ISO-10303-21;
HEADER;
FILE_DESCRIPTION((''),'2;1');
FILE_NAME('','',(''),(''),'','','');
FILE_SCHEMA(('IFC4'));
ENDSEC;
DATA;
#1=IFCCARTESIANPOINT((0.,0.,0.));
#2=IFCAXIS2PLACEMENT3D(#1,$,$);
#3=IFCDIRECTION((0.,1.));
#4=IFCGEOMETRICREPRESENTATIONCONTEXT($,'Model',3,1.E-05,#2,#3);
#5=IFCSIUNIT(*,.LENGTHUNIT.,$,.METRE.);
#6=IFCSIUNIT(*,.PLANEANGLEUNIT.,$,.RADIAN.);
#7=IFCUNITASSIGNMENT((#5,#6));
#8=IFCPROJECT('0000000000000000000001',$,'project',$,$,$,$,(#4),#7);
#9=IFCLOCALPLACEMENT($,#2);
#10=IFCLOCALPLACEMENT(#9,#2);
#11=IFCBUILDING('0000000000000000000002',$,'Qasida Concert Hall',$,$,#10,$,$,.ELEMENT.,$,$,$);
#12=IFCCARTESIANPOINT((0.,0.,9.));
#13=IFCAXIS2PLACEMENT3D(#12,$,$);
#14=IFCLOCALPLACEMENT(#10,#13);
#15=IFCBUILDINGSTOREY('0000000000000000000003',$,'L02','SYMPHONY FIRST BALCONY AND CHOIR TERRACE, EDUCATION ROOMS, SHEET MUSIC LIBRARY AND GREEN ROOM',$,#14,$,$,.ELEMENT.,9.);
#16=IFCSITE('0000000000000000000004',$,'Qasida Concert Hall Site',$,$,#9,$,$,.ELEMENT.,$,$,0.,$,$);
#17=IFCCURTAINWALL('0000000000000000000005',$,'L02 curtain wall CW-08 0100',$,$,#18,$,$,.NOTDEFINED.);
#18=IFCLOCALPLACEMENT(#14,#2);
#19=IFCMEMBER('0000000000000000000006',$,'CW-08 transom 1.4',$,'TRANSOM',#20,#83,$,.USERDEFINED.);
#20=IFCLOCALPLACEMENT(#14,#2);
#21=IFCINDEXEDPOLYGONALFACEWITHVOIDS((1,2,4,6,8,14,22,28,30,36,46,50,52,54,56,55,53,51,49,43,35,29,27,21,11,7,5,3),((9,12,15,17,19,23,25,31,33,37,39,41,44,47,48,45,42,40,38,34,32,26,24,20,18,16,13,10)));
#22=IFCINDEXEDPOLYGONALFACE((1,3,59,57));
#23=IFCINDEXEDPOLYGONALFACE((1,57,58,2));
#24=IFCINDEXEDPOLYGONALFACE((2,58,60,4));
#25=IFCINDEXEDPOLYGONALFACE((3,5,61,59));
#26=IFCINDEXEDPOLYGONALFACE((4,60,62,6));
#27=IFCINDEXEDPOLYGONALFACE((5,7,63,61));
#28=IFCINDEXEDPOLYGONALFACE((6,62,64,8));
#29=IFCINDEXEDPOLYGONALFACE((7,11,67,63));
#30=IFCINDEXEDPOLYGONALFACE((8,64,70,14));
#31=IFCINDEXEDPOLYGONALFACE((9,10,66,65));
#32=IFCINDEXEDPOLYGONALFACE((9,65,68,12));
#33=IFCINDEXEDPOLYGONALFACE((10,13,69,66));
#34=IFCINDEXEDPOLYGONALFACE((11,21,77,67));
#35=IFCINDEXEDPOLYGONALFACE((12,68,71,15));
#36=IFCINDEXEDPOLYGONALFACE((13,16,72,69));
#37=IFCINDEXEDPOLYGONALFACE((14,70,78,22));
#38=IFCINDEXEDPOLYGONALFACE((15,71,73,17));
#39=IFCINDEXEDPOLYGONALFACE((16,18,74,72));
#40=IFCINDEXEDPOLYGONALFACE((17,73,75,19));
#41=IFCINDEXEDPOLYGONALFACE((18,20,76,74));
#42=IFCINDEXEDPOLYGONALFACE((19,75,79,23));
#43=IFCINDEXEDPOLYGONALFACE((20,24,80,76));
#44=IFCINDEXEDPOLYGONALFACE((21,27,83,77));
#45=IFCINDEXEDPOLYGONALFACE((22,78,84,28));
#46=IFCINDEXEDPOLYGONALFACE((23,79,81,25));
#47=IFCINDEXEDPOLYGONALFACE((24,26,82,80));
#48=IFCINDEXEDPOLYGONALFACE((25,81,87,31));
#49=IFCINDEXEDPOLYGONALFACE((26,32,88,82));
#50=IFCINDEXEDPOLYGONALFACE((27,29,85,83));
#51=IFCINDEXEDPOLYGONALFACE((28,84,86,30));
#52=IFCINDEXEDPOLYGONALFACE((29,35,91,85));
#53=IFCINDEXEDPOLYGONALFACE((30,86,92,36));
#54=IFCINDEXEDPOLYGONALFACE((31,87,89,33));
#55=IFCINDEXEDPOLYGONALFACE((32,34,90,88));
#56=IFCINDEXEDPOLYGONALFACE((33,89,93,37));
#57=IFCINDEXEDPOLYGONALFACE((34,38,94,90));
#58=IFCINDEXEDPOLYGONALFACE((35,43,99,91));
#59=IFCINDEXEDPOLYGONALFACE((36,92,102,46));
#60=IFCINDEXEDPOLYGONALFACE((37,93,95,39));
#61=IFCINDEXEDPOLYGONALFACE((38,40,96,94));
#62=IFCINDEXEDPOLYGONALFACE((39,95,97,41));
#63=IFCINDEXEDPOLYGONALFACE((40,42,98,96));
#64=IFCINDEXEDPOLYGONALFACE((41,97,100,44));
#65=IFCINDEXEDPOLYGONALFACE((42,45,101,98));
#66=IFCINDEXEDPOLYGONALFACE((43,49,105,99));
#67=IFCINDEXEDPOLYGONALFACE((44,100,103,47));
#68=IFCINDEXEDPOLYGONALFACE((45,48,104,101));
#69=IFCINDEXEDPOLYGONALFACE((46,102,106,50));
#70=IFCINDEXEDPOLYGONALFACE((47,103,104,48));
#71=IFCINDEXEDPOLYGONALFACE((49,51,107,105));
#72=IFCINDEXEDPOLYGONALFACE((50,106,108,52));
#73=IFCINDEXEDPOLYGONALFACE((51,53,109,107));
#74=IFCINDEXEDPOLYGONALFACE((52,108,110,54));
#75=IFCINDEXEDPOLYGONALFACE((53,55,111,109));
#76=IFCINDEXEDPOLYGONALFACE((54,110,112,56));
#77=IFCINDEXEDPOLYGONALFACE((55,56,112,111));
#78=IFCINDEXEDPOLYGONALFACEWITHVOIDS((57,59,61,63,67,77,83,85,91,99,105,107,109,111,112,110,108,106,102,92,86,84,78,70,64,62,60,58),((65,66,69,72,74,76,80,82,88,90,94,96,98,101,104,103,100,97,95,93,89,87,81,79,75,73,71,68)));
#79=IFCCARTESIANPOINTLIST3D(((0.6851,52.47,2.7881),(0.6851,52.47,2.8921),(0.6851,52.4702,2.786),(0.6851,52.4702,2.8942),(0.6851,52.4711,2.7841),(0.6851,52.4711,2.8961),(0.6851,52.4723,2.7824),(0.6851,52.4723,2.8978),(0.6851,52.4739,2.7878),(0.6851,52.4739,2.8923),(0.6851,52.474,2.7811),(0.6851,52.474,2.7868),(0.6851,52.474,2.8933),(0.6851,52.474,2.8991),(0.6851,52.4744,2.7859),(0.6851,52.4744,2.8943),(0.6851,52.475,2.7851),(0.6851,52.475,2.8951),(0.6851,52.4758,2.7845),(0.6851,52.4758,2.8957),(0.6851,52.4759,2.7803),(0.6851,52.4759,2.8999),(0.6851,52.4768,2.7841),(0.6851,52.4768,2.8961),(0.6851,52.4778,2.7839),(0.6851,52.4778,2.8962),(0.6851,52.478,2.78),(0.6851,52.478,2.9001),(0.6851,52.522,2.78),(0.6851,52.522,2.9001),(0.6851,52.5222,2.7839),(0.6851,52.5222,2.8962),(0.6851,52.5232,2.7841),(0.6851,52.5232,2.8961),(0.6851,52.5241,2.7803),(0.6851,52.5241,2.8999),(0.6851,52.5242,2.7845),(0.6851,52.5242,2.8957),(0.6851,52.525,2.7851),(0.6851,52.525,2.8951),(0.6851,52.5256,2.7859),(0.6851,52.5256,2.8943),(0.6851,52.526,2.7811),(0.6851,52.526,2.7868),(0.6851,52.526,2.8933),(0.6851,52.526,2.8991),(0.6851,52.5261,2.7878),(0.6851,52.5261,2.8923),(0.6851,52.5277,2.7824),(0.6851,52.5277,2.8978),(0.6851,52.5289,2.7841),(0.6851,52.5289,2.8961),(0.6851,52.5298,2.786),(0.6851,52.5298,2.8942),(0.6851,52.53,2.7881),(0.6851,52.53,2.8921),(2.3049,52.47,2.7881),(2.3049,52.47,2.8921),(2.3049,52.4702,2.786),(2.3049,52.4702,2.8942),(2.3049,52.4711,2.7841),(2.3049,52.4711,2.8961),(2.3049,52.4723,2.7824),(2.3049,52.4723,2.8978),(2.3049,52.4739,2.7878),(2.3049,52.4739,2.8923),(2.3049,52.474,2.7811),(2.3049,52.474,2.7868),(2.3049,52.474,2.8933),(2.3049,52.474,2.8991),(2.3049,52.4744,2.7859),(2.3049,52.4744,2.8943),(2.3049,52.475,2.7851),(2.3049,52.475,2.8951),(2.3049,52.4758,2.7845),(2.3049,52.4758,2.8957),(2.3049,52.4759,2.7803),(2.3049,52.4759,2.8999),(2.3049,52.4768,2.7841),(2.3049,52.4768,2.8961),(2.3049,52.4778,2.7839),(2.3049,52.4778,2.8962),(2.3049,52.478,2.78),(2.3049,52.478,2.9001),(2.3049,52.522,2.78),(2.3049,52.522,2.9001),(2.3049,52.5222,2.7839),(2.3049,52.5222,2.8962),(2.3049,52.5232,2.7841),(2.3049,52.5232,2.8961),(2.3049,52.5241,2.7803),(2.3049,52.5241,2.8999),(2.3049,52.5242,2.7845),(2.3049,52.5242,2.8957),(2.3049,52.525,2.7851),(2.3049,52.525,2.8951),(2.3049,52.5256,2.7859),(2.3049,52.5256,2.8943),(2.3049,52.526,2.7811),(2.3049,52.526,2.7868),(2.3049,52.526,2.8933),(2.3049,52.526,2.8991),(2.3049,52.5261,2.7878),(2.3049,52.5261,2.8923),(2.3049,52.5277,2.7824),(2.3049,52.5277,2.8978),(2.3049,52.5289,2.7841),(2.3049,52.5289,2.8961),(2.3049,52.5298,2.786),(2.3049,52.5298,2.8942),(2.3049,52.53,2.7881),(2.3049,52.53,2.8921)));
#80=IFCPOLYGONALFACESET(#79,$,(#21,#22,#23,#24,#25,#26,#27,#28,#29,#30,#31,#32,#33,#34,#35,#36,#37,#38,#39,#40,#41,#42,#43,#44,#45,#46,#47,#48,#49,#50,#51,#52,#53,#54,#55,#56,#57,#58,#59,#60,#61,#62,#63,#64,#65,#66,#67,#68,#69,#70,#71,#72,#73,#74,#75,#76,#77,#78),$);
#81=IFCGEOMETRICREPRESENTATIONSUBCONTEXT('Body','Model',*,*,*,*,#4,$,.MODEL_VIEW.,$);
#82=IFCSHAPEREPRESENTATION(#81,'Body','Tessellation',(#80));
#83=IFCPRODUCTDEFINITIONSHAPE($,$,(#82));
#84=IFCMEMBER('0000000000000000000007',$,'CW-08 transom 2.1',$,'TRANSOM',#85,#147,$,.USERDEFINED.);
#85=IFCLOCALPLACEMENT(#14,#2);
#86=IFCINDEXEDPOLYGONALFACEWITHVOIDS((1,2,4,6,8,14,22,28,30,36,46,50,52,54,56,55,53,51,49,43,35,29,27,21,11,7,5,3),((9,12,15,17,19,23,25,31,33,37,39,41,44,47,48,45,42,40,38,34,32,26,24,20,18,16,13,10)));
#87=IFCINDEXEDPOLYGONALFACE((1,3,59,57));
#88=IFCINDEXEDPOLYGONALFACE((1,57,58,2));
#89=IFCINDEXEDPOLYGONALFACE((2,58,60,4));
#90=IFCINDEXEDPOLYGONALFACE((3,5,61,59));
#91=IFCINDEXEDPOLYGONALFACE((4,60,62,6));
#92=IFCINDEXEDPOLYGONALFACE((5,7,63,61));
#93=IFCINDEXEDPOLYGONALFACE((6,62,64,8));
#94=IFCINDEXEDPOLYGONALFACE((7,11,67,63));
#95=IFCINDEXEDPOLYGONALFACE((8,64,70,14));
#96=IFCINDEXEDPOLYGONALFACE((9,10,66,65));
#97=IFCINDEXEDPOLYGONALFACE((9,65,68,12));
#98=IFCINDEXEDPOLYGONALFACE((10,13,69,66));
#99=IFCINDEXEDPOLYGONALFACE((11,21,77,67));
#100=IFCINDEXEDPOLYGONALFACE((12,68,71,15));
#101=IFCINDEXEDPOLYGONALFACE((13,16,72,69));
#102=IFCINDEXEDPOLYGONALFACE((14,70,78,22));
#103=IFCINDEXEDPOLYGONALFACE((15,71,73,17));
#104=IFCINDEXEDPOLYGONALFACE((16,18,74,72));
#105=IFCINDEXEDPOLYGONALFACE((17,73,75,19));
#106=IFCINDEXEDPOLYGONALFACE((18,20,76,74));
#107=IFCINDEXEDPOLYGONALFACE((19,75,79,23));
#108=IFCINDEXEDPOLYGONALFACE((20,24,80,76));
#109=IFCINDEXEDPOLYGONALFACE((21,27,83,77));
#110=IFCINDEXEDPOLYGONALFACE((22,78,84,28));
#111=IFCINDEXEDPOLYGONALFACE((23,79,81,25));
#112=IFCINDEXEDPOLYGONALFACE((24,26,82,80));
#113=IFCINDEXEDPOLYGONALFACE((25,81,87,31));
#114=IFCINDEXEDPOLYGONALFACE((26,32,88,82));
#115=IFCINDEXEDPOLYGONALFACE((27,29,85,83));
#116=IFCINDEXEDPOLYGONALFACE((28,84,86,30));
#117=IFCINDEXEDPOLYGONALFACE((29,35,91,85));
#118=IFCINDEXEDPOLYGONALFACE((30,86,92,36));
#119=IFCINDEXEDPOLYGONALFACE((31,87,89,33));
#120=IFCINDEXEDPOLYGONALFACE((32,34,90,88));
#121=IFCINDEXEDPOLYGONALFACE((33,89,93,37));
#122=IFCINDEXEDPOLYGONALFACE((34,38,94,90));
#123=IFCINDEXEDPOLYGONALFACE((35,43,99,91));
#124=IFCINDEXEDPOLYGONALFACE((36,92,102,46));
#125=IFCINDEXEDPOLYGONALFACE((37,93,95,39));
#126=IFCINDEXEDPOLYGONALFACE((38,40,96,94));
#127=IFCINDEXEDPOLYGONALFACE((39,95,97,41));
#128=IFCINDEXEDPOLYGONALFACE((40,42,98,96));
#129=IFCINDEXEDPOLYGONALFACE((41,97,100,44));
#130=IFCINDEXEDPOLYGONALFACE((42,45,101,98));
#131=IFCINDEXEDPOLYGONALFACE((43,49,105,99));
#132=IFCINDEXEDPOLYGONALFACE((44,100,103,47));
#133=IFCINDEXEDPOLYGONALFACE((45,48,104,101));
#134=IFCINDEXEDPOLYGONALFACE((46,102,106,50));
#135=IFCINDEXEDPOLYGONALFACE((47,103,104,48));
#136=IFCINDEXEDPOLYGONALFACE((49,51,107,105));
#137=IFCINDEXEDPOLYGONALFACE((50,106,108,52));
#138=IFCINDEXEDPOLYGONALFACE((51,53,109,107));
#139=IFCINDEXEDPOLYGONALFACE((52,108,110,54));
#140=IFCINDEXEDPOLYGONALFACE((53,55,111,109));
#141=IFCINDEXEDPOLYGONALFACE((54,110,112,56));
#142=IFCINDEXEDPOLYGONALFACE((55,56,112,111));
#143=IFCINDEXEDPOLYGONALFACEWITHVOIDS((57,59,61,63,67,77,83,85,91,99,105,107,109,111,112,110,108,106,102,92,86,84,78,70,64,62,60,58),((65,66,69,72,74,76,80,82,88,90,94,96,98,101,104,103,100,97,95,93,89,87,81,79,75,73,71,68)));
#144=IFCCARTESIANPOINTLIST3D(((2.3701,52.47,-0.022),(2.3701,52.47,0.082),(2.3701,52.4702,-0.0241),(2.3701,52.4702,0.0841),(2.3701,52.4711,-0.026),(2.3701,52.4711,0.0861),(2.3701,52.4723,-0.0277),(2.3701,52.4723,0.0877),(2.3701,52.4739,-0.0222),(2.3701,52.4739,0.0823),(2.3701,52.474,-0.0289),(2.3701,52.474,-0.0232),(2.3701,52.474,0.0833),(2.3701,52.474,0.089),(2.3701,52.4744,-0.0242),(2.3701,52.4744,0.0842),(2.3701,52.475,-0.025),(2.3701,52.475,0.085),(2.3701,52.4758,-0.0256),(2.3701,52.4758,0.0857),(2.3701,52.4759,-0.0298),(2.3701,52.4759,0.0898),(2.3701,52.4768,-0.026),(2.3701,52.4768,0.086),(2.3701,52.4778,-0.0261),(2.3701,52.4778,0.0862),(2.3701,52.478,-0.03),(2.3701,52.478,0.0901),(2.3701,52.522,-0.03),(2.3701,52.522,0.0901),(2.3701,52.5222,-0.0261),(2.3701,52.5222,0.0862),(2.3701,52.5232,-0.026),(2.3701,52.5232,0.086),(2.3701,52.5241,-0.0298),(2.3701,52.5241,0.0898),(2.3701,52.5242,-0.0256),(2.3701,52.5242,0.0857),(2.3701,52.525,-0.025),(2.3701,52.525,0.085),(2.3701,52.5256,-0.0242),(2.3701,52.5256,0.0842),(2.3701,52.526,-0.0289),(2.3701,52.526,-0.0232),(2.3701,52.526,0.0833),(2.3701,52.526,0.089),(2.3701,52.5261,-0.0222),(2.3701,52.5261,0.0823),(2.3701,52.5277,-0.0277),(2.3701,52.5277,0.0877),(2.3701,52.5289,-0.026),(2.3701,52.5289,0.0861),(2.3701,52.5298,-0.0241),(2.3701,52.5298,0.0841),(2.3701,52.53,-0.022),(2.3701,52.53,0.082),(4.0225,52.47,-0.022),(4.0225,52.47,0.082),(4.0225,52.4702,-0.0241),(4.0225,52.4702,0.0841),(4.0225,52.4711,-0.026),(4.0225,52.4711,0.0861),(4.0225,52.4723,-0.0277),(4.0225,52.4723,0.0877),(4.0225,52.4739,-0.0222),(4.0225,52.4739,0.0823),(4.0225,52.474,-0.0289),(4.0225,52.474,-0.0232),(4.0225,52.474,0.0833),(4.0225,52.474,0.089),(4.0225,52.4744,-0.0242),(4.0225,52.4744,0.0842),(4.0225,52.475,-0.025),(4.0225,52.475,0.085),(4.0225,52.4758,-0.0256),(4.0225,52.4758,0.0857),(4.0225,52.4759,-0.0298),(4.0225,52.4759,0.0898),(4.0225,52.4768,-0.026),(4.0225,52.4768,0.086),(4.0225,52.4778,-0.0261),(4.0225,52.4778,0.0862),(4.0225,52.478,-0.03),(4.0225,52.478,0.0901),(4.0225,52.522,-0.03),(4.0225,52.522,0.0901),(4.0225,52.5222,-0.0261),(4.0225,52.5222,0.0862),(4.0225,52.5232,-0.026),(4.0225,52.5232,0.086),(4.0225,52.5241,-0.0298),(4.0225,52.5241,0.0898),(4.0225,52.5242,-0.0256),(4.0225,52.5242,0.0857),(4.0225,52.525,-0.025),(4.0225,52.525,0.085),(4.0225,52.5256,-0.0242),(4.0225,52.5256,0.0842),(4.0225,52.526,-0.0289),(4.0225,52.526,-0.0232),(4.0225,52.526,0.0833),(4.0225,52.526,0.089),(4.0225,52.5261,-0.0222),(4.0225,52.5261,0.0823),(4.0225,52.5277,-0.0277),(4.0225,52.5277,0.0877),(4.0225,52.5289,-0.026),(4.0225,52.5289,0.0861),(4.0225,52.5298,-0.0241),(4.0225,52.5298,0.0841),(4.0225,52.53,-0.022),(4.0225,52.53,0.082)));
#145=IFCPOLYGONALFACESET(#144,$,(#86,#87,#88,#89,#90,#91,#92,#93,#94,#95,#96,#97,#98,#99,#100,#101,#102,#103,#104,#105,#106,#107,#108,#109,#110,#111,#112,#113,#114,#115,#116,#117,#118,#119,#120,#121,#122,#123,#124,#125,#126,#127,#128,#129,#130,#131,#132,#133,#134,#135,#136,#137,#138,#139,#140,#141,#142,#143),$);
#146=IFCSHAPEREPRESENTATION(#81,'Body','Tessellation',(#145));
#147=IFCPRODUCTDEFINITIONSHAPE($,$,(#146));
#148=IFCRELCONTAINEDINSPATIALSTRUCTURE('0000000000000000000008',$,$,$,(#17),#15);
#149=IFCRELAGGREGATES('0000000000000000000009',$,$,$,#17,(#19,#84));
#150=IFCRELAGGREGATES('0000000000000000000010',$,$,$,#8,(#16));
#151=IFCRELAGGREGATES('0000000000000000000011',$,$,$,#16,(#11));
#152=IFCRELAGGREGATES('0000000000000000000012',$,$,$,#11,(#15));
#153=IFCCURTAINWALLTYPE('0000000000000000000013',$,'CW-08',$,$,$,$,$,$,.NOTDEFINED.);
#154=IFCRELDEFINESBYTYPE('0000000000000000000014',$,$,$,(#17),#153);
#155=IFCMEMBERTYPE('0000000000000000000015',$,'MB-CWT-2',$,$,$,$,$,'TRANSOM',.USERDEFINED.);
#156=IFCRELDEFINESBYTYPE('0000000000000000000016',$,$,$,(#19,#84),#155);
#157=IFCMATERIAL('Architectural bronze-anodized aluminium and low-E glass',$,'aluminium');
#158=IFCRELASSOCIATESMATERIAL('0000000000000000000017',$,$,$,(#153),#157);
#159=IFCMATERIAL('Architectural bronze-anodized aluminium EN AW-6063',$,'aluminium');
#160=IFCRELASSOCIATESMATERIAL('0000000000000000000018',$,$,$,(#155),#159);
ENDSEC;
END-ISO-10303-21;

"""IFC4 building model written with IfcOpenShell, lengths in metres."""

from ifc_helpers import new_model, si_unit, direction, frame, origin, origin_2d, place, context, subcontext, project, spatial, hollow_rectangle, extrude, material, material_profile, profile_set, type_object, element, aggregate, save


model = new_model("IFC4")

# Units and contexts
model_context = context("Model", 3, precision=1e-05, world=origin(), true_north=direction((0.0, 1.0)))
body_context = subcontext(model_context, "Body", "Model", "MODEL_VIEW")
ifc_project = project(units=[si_unit("LENGTHUNIT", "METRE"), si_unit("PLANEANGLEUNIT", "RADIAN")], contexts=[model_context])

# Site, building, storey
site_placement = place(None, origin())
site = spatial("IfcSite", under=ifc_project, at=site_placement, Name="Qasida Concert Hall Site", CompositionType="ELEMENT", RefElevation=0.0)
building_placement = place(site_placement, origin())
building = spatial("IfcBuilding", under=site, at=building_placement, Name="Qasida Concert Hall", CompositionType="ELEMENT")
storey_placement = place(building_placement, frame((0.0, 0.0, 9.0)))
storey = spatial("IfcBuildingStorey", under=building, at=storey_placement, Name="L02", Description="SYMPHONY FIRST BALCONY AND CHOIR TERRACE, EDUCATION ROOMS, SHEET MUSIC LIBRARY AND GREEN ROOM", CompositionType="ELEMENT", Elevation=9.0)

# Curtain wall, members
ifc_material_1 = material(Name="Architectural bronze-anodized aluminium and low-E glass", Category="aluminium")
curtain_wall_type = type_object("IfcCurtainWallType", Name="CW-08", PredefinedType="NOTDEFINED", material=ifc_material_1)
curtain_wall_placement = place(storey_placement, origin())
curtain_wall = element("IfcCurtainWall", 1, at=curtain_wall_placement, inside=storey, type_object=curtain_wall_type, Name="L02 curtain wall CW-08 0100", PredefinedType="NOTDEFINED")
ifc_material_2 = material(Name="Architectural bronze-anodized aluminium EN AW-6063", Category="aluminium")
ifc_material_profile_1 = material_profile(ifc_material_2, hollow_rectangle(XDim=0.0601, YDim=0.1201, WallThickness=0.0039, InnerFilletRadius=0.0039, OuterFilletRadius=0.0081, at=origin_2d()), Name="CWT 120x60x4")
ifc_profile_set_1 = profile_set([ifc_material_profile_1], Name="Architectural bronze-anodized aluminium EN AW-6063")
member_type_1 = type_object("IfcMemberType", Name="MB-CWT-2", ElementType="TRANSOM", PredefinedType="USERDEFINED", material=ifc_profile_set_1)
member_1_placement = place(storey_placement, frame((0.6851, 52.5, 2.8401), z_axis=(1.0, 0.0, 0.0), x_axis=(0.0, 1.0, 0.0)))
member_1 = element("IfcMember", 2, at=member_1_placement, type_object=member_type_1, Name="CW-08 transom 1.4", ObjectType="TRANSOM", PredefinedType="USERDEFINED", context=body_context, shape_type="SweptSolid", body=[
    extrude(hollow_rectangle(XDim=0.0601, YDim=0.1201, WallThickness=0.0039, InnerFilletRadius=0.0039, OuterFilletRadius=0.0081, at=origin_2d()), origin(), (0.0, 0.0, 1.0), 1.6199),
])
member_2_placement = place(storey_placement, frame((2.3701, 52.5, 0.03), z_axis=(1.0, 0.0, 0.0), x_axis=(0.0, 1.0, 0.0)))
member_2 = element("IfcMember", 3, at=member_2_placement, type_object=member_type_1, Name="CW-08 transom 2.1", ObjectType="TRANSOM", PredefinedType="USERDEFINED", context=body_context, shape_type="SweptSolid", body=[
    extrude(hollow_rectangle(XDim=0.0601, YDim=0.1201, WallThickness=0.0039, InnerFilletRadius=0.0039, OuterFilletRadius=0.0081, at=origin_2d()), origin(), (0.0, 0.0, 1.0), 1.6523),
])
aggregate(curtain_wall, [member_1, member_2])

save(model, "model.ifc")
